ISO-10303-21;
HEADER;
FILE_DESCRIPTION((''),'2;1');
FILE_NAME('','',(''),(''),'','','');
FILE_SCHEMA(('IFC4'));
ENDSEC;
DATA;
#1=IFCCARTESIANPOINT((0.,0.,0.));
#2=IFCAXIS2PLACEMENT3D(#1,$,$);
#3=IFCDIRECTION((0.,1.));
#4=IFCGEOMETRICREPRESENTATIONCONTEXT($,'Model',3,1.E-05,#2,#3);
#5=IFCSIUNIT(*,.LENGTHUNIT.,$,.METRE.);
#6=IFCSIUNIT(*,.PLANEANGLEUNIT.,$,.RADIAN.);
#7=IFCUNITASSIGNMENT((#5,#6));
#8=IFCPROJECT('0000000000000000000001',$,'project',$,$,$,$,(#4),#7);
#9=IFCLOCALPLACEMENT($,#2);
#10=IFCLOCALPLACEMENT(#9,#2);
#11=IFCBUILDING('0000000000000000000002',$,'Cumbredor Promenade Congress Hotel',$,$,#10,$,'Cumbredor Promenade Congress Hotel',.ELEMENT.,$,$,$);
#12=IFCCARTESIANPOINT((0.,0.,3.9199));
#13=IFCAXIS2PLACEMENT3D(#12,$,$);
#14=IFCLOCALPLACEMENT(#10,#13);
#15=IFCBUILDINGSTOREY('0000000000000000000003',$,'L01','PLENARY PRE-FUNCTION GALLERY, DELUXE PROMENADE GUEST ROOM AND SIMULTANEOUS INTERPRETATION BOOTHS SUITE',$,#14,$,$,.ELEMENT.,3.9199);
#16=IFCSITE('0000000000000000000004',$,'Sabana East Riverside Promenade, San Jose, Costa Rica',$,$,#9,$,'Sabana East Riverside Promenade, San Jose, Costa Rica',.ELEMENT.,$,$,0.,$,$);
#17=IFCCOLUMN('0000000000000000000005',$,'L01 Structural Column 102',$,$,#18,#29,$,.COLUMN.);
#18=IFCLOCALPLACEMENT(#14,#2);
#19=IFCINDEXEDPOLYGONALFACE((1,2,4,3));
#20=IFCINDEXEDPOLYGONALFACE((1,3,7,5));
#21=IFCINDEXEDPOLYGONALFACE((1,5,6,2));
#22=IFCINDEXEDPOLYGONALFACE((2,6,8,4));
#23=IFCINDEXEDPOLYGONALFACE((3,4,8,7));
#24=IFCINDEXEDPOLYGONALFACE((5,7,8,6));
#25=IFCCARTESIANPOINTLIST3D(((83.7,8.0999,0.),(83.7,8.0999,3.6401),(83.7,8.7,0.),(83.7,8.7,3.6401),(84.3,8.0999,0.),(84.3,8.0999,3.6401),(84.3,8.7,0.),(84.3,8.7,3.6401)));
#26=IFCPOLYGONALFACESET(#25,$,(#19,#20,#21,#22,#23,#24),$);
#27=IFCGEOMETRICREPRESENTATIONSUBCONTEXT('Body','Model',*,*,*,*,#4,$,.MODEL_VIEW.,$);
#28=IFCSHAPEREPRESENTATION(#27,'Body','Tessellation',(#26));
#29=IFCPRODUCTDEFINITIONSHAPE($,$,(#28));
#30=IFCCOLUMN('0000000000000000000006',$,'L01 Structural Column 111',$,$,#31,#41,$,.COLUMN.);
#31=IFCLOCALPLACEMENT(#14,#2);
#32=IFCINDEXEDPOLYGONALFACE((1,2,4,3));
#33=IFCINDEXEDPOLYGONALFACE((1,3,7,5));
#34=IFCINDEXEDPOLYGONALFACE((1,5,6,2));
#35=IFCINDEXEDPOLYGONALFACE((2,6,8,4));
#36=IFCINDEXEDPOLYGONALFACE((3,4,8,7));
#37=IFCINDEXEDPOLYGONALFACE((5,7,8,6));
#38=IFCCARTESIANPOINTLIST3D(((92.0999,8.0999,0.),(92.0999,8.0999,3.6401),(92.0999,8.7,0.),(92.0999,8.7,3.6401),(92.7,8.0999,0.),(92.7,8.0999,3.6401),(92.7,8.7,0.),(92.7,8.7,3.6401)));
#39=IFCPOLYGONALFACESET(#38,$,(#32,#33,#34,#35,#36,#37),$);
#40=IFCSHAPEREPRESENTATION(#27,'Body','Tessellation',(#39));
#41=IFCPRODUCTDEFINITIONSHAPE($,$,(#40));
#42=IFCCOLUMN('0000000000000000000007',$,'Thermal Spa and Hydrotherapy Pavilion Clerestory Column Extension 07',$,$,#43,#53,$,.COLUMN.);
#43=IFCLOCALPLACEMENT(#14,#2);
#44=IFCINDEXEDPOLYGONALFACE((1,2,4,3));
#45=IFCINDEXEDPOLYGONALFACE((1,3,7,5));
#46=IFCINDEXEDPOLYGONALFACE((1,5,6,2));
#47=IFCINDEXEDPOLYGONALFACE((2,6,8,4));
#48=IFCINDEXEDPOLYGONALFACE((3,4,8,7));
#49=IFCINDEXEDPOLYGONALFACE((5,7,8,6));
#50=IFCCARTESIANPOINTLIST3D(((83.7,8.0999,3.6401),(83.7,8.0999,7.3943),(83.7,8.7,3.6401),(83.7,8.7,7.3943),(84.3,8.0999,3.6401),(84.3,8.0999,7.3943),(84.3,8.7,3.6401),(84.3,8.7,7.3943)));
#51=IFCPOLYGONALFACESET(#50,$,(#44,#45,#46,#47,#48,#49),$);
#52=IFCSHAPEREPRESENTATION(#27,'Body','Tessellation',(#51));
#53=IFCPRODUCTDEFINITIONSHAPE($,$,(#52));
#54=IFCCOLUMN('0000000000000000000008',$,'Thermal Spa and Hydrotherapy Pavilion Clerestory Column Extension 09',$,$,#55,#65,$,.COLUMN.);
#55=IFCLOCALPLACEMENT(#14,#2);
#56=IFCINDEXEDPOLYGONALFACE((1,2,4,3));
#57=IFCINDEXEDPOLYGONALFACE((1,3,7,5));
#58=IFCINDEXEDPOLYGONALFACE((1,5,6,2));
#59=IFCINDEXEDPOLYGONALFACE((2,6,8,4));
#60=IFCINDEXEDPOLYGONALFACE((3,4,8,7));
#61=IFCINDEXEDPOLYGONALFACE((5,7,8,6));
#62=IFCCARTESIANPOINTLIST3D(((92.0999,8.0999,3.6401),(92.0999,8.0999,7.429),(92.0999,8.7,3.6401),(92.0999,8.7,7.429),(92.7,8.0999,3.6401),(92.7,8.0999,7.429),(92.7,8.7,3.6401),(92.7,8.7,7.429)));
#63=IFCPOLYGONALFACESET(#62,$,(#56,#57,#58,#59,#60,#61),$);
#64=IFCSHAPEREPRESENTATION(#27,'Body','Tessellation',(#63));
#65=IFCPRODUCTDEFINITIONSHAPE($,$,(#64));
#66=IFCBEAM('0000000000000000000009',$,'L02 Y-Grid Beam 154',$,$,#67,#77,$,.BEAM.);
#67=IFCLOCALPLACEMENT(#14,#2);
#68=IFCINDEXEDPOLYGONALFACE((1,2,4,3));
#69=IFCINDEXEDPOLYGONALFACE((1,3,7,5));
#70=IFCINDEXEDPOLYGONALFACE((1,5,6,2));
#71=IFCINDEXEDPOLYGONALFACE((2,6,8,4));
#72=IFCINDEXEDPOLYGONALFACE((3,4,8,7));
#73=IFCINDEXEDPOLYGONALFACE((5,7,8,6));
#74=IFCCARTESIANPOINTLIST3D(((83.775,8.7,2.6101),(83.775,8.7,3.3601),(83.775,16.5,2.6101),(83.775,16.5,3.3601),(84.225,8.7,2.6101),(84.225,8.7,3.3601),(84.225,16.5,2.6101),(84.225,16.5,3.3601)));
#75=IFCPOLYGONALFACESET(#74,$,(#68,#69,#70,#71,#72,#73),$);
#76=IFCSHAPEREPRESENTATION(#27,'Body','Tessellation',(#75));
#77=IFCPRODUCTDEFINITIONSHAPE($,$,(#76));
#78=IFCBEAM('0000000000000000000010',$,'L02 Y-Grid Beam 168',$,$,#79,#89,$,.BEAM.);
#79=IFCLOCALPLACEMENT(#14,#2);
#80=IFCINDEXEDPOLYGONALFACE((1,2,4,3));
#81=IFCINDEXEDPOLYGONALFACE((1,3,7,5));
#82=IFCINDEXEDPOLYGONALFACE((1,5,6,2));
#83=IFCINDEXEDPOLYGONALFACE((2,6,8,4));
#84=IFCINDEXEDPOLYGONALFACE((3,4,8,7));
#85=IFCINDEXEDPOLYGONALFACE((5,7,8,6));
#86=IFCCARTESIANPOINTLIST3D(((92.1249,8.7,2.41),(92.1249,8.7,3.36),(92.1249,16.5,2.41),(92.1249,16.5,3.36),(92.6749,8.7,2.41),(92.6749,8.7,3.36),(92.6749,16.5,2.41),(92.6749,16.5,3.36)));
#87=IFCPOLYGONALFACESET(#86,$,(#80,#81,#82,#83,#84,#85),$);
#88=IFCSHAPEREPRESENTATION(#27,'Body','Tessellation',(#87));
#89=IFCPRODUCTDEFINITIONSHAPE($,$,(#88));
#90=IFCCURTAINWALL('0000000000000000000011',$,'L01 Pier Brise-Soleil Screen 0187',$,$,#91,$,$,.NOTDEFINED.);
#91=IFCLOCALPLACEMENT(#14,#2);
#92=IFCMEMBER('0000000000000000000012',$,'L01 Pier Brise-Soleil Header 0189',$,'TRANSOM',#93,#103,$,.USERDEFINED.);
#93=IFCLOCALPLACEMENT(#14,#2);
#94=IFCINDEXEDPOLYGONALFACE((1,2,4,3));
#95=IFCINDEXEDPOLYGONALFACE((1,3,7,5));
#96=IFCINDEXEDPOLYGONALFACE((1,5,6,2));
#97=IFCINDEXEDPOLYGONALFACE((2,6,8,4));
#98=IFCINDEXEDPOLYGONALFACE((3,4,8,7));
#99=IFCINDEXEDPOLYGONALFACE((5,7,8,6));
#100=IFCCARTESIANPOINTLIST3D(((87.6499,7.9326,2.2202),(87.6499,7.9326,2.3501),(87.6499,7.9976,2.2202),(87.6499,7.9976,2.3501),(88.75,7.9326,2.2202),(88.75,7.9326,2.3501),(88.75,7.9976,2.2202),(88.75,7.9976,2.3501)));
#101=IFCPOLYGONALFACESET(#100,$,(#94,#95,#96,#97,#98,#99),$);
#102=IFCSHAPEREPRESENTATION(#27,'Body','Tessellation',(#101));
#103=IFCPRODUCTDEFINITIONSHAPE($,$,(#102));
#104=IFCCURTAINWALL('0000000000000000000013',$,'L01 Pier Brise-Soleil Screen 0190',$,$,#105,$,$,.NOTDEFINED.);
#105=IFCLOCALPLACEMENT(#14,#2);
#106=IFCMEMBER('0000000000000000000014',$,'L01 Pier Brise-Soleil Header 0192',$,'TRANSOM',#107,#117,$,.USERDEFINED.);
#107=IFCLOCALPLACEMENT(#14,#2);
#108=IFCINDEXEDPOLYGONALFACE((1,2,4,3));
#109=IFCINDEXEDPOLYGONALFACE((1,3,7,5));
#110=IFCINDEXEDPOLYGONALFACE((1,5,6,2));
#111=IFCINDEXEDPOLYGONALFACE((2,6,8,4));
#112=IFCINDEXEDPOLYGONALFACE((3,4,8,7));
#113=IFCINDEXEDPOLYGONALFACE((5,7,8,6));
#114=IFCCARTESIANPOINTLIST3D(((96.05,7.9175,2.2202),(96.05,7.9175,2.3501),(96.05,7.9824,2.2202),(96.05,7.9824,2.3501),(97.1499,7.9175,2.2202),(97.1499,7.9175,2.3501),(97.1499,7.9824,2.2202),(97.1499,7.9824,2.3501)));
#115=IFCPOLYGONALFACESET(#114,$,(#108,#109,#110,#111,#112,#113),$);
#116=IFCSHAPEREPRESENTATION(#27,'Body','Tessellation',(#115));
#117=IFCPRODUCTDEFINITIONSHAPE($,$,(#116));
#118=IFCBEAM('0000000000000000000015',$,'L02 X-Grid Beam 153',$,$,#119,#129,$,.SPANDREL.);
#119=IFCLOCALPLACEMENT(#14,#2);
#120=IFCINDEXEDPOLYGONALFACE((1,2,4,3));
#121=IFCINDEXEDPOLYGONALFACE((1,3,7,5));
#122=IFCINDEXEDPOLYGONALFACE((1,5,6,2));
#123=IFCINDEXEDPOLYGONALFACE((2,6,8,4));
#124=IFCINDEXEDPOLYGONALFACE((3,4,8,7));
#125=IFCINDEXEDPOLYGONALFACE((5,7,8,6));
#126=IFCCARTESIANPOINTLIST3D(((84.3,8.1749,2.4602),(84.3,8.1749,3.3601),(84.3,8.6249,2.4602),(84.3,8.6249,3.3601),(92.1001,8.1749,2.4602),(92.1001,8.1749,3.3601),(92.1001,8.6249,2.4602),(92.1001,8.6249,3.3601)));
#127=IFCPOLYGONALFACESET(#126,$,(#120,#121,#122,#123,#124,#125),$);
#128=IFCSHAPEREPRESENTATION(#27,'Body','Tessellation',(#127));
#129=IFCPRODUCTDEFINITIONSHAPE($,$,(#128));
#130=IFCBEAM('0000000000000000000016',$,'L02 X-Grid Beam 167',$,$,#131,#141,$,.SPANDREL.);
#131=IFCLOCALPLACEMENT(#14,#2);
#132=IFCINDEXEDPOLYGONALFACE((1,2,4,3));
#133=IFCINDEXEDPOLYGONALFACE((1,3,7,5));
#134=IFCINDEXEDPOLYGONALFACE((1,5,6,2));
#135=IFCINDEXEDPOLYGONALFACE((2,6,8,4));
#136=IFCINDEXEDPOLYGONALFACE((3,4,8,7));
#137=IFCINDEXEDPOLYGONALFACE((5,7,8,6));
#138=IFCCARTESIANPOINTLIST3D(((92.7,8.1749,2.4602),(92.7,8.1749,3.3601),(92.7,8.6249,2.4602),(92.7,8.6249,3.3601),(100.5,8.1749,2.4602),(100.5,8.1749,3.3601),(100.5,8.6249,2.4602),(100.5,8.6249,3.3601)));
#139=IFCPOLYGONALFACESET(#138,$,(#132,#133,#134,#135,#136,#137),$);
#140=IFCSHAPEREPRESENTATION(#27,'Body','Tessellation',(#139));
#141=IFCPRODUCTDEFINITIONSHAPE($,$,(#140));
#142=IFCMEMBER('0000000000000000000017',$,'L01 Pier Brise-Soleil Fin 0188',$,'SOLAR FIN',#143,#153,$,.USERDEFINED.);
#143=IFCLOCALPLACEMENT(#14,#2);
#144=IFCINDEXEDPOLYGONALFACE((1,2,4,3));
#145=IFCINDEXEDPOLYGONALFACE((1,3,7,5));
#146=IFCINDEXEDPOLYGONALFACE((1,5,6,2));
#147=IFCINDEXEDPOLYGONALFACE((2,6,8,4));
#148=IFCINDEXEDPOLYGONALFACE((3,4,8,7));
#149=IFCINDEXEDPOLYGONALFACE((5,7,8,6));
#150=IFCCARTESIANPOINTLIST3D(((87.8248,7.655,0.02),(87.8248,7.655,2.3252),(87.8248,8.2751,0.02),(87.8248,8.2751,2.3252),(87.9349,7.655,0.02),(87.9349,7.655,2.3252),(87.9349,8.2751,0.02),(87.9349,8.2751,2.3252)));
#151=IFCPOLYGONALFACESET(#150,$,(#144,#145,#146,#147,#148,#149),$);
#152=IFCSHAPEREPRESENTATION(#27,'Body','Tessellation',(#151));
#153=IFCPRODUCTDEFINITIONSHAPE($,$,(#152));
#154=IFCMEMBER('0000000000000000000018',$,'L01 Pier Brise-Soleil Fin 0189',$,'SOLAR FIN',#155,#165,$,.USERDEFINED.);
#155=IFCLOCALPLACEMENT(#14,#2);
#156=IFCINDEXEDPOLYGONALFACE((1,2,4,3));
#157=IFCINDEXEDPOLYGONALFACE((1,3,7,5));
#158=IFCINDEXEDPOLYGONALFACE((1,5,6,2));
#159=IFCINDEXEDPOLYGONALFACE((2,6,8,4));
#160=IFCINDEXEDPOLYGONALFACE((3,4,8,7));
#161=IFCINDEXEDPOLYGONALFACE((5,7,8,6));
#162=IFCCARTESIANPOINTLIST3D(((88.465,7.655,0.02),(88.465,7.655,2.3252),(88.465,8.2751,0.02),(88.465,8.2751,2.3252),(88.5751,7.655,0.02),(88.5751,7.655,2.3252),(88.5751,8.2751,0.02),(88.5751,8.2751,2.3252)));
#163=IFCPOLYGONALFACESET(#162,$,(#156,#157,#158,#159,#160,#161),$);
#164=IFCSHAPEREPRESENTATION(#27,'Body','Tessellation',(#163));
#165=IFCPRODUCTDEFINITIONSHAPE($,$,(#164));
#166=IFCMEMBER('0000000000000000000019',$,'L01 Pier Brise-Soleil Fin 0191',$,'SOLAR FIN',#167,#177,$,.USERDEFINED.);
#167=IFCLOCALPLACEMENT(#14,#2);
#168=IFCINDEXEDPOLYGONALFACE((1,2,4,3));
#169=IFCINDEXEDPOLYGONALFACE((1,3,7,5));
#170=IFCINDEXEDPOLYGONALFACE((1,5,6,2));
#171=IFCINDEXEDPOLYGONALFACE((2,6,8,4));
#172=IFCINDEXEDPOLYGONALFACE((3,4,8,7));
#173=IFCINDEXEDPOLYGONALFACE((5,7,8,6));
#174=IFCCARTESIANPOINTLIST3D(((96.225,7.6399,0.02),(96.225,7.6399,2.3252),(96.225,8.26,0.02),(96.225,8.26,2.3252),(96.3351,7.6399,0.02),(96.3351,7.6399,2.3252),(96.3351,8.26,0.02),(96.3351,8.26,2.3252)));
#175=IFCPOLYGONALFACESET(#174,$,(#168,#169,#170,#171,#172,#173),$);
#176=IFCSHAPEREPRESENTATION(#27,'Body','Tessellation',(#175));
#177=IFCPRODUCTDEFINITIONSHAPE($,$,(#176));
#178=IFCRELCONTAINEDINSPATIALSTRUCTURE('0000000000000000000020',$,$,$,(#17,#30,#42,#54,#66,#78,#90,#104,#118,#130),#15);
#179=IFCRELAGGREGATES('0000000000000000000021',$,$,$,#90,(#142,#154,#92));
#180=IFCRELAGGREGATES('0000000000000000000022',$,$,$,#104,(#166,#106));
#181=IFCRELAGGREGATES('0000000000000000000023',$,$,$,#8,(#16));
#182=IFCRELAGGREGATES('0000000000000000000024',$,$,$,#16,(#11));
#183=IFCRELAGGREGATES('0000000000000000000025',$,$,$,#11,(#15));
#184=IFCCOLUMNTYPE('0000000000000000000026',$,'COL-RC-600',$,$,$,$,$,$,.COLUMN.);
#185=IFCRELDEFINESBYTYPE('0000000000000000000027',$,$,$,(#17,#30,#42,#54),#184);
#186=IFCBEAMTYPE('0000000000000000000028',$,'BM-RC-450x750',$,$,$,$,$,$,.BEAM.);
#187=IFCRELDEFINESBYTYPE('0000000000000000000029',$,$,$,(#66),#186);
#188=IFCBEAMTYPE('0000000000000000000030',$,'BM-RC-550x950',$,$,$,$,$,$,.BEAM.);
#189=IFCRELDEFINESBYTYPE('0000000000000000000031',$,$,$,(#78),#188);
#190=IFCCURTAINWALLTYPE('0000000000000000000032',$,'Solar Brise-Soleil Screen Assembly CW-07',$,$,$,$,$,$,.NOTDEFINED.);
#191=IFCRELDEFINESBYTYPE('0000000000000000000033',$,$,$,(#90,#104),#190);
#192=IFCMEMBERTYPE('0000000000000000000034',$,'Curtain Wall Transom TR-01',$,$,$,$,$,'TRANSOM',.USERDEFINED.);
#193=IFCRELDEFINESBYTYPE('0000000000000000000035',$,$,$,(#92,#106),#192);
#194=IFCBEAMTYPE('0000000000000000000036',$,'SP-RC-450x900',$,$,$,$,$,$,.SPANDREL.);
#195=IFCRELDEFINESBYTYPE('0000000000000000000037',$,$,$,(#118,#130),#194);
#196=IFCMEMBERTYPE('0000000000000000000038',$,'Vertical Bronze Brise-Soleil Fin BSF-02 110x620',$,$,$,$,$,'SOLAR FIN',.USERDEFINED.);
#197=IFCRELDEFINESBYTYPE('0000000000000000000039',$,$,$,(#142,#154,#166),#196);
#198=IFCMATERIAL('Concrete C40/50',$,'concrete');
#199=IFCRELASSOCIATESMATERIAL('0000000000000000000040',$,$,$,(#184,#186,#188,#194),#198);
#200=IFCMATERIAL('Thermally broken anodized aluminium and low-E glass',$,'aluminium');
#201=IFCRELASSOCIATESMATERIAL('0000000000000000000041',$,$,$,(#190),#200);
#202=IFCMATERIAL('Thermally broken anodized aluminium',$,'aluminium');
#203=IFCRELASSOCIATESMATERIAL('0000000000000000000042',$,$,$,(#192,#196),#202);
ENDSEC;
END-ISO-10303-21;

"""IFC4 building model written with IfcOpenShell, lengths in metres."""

from ifc_helpers import new_model, si_unit, direction, frame, origin, origin_2d, place, context, subcontext, project, spatial, rectangle, extrude, material, material_profile, profile_set, type_object, element, aggregate, save


model = new_model("IFC4")

# Units and contexts
model_context = context("Model", 3, precision=1e-05, world=origin(), true_north=direction((0.0, 1.0)))
body_context = subcontext(model_context, "Body", "Model", "MODEL_VIEW")
ifc_project = project(units=[si_unit("LENGTHUNIT", "METRE"), si_unit("PLANEANGLEUNIT", "RADIAN")], contexts=[model_context])

# Site, building, storey
site_placement = place(None, origin())
site = spatial("IfcSite", under=ifc_project, at=site_placement, Name="Sabana East Riverside Promenade, San Jose, Costa Rica", LongName="Sabana East Riverside Promenade, San Jose, Costa Rica", CompositionType="ELEMENT", RefElevation=0.0)
building_placement = place(site_placement, origin())
building = spatial("IfcBuilding", under=site, at=building_placement, Name="Cumbredor Promenade Congress Hotel", LongName="Cumbredor Promenade Congress Hotel", CompositionType="ELEMENT")
storey_placement = place(building_placement, frame((0.0, 0.0, 3.9199)))
storey = spatial("IfcBuildingStorey", under=building, at=storey_placement, Name="L01", Description="PLENARY PRE-FUNCTION GALLERY, DELUXE PROMENADE GUEST ROOM AND SIMULTANEOUS INTERPRETATION BOOTHS SUITE", CompositionType="ELEMENT", Elevation=3.9199)

# Columns
ifc_material_1 = material(Name="Concrete C40/50", Category="concrete")
ifc_material_profile_1 = material_profile(ifc_material_1, rectangle(XDim=0.6001, YDim=0.6001, at=origin_2d()), Name="RC 600x600")
ifc_profile_set_1 = profile_set([ifc_material_profile_1], Name="Concrete C40/50")
column_type = type_object("IfcColumnType", Name="COL-RC-600", PredefinedType="COLUMN", material=ifc_profile_set_1)
for number, where, z_axis, x_axis, name in (
    (1, (84.0, 8.3999, 0.0), (0.0, 0.0, 1.0), (1.0, 0.0, 0.0), "L01 Structural Column 102"),
    (2, (92.3999, 8.3999, 0.0), (0.0, 0.0, 1.0), (1.0, 0.0, 0.0), "L01 Structural Column 111"),
):
    element("IfcColumn", number, at=place(storey_placement, frame(where, z_axis=z_axis, x_axis=x_axis)), inside=storey, type_object=column_type, Name=name, PredefinedType="COLUMN", context=body_context, shape_type="SweptSolid", body=[
        extrude(rectangle(XDim=0.6001, YDim=0.6001, at=origin_2d()), origin(), (0.0, 0.0, 1.0), 3.6401),
    ])
column_1_placement = place(storey_placement, frame((84.0, 8.3999, 3.6401), z_axis=(0.0, 0.0, 1.0), x_axis=(1.0, 0.0, 0.0)))
element("IfcColumn", 3, at=column_1_placement, inside=storey, type_object=column_type, Name="Thermal Spa and Hydrotherapy Pavilion Clerestory Column Extension 07", PredefinedType="COLUMN", context=body_context, shape_type="SweptSolid", body=[
    extrude(rectangle(XDim=0.6001, YDim=0.6001, at=origin_2d()), origin(), (0.0, 0.0, 1.0), 3.7542),
])
column_2_placement = place(storey_placement, frame((92.3999, 8.3999, 3.6401), z_axis=(0.0, 0.0, 1.0), x_axis=(1.0, 0.0, 0.0)))
element("IfcColumn", 4, at=column_2_placement, inside=storey, type_object=column_type, Name="Thermal Spa and Hydrotherapy Pavilion Clerestory Column Extension 09", PredefinedType="COLUMN", context=body_context, shape_type="SweptSolid", body=[
    extrude(rectangle(XDim=0.6001, YDim=0.6001, at=origin_2d()), origin(), (0.0, 0.0, 1.0), 3.7888),
])

# Beams
ifc_material_profile_2 = material_profile(ifc_material_1, rectangle(XDim=0.45, YDim=0.75, at=origin_2d()), Name="RC BEAM 450x750")
ifc_profile_set_2 = profile_set([ifc_material_profile_2], Name="Concrete C40/50")
beam_type_1 = type_object("IfcBeamType", Name="BM-RC-450x750", PredefinedType="BEAM", material=ifc_profile_set_2)
beam_1_placement = place(storey_placement, frame((84.0, 8.7, 2.9851), z_axis=(0.0, 1.0, 0.0), x_axis=(-1.0, 0.0, 0.0)))
element("IfcBeam", 5, at=beam_1_placement, inside=storey, type_object=beam_type_1, Name="L02 Y-Grid Beam 154", PredefinedType="BEAM", context=body_context, shape_type="SweptSolid", body=[
    extrude(rectangle(XDim=0.45, YDim=0.75, at=origin_2d()), origin(), (0.0, 0.0, 1.0), 7.8),
])
ifc_material_profile_3 = material_profile(ifc_material_1, rectangle(XDim=0.55, YDim=0.95, at=origin_2d()), Name="RC BEAM 550x950")
ifc_profile_set_3 = profile_set([ifc_material_profile_3], Name="Concrete C40/50")
beam_type_2 = type_object("IfcBeamType", Name="BM-RC-550x950", PredefinedType="BEAM", material=ifc_profile_set_3)
beam_2_placement = place(storey_placement, frame((92.3999, 8.7, 2.885), z_axis=(0.0, 1.0, 0.0), x_axis=(-1.0, 0.0, 0.0)))
element("IfcBeam", 6, at=beam_2_placement, inside=storey, type_object=beam_type_2, Name="L02 Y-Grid Beam 168", PredefinedType="BEAM", context=body_context, shape_type="SweptSolid", body=[
    extrude(rectangle(XDim=0.55, YDim=0.95, at=origin_2d()), origin(), (0.0, 0.0, 1.0), 7.8),
])

# Curtain walls, members
ifc_material_2 = material(Name="Thermally broken anodized aluminium and low-E glass", Category="aluminium")
curtain_wall_type = type_object("IfcCurtainWallType", Name="Solar Brise-Soleil Screen Assembly CW-07", PredefinedType="NOTDEFINED", material=ifc_material_2)
curtain_wall_1_placement = place(storey_placement, origin())
curtain_wall_1 = element("IfcCurtainWall", 7, at=curtain_wall_1_placement, inside=storey, type_object=curtain_wall_type, Name="L01 Pier Brise-Soleil Screen 0187", PredefinedType="NOTDEFINED")
ifc_material_3 = material(Name="Thermally broken anodized aluminium", Category="aluminium")
ifc_material_profile_4 = material_profile(ifc_material_3, rectangle(XDim=0.0649, YDim=0.1299, at=origin_2d()), Name="ALU TRANSOM 65x130")
ifc_profile_set_4 = profile_set([ifc_material_profile_4], Name="Thermally broken anodized aluminium")
member_type_1 = type_object("IfcMemberType", Name="Curtain Wall Transom TR-01", ElementType="TRANSOM", PredefinedType="USERDEFINED", material=ifc_profile_set_4)
member_1_placement = place(storey_placement, frame((87.6499, 7.9651, 2.2852), z_axis=(1.0, 0.0, 0.0), x_axis=(0.0, 1.0, 0.0)))
member_1 = element("IfcMember", 8, at=member_1_placement, type_object=member_type_1, Name="L01 Pier Brise-Soleil Header 0189", ObjectType="TRANSOM", PredefinedType="USERDEFINED", context=body_context, shape_type="SweptSolid", body=[
    extrude(rectangle(XDim=0.0649, YDim=0.1299, at=origin_2d()), origin(), (0.0, 0.0, 1.0), 1.1001),
])
curtain_wall_2_placement = place(storey_placement, origin())
curtain_wall_2 = element("IfcCurtainWall", 9, at=curtain_wall_2_placement, inside=storey, type_object=curtain_wall_type, Name="L01 Pier Brise-Soleil Screen 0190", PredefinedType="NOTDEFINED")
member_2_placement = place(storey_placement, frame((96.05, 7.95, 2.2852), z_axis=(1.0, 0.0, 0.0), x_axis=(0.0, 1.0, 0.0)))
member_2 = element("IfcMember", 10, at=member_2_placement, type_object=member_type_1, Name="L01 Pier Brise-Soleil Header 0192", ObjectType="TRANSOM", PredefinedType="USERDEFINED", context=body_context, shape_type="SweptSolid", body=[
    extrude(rectangle(XDim=0.0649, YDim=0.1299, at=origin_2d()), origin(), (0.0, 0.0, 1.0), 1.0999),
])

# Beams
ifc_material_profile_5 = material_profile(ifc_material_1, rectangle(XDim=0.45, YDim=0.8999, at=origin_2d()), Name="RC SPANDREL 450x900")
ifc_profile_set_5 = profile_set([ifc_material_profile_5], Name="Concrete C40/50")
beam_type_3 = type_object("IfcBeamType", Name="SP-RC-450x900", PredefinedType="SPANDREL", material=ifc_profile_set_5)
for number, where, z_axis, x_axis, name in (
    (11, (84.3, 8.3999, 2.9102), (1.0, 0.0, 0.0), (0.0, 1.0, 0.0), "L02 X-Grid Beam 153"),
    (12, (92.7, 8.3999, 2.9102), (1.0, 0.0, 0.0), (0.0, 1.0, 0.0), "L02 X-Grid Beam 167"),
):
    element("IfcBeam", number, at=place(storey_placement, frame(where, z_axis=z_axis, x_axis=x_axis)), inside=storey, type_object=beam_type_3, Name=name, PredefinedType="SPANDREL", context=body_context, shape_type="SweptSolid", body=[
        extrude(rectangle(XDim=0.45, YDim=0.8999, at=origin_2d()), origin(), (0.0, 0.0, 1.0), 7.8),
    ])

# Members
ifc_material_profile_6 = material_profile(ifc_material_3, rectangle(XDim=0.1101, YDim=0.6201, at=origin_2d()), Name="ARCH FIN 110x620")
ifc_profile_set_6 = profile_set([ifc_material_profile_6], Name="Thermally broken anodized aluminium")
member_type_2 = type_object("IfcMemberType", Name="Vertical Bronze Brise-Soleil Fin BSF-02 110x620", ElementType="SOLAR FIN", PredefinedType="USERDEFINED", material=ifc_profile_set_6)
member_3_placement = place(storey_placement, frame((87.8799, 7.9651, 0.02), z_axis=(0.0, 0.0, 1.0), x_axis=(1.0, 0.0, 0.0)))
member_3 = element("IfcMember", 13, at=member_3_placement, type_object=member_type_2, Name="L01 Pier Brise-Soleil Fin 0188", ObjectType="SOLAR FIN", PredefinedType="USERDEFINED", context=body_context, shape_type="SweptSolid", body=[
    extrude(rectangle(XDim=0.1101, YDim=0.6201, at=origin_2d()), origin(), (0.0, 0.0, 1.0), 2.3052),
])
member_4_placement = place(storey_placement, frame((88.52, 7.9651, 0.02), z_axis=(0.0, 0.0, 1.0), x_axis=(1.0, 0.0, 0.0)))
member_4 = element("IfcMember", 14, at=member_4_placement, type_object=member_type_2, Name="L01 Pier Brise-Soleil Fin 0189", ObjectType="SOLAR FIN", PredefinedType="USERDEFINED", context=body_context, shape_type="SweptSolid", body=[
    extrude(rectangle(XDim=0.1101, YDim=0.6201, at=origin_2d()), origin(), (0.0, 0.0, 1.0), 2.3052),
])
aggregate(curtain_wall_1, [member_3, member_4, member_1])
member_5_placement = place(storey_placement, frame((96.28, 7.95, 0.02), z_axis=(0.0, 0.0, 1.0), x_axis=(1.0, 0.0, 0.0)))
member_5 = element("IfcMember", 15, at=member_5_placement, type_object=member_type_2, Name="L01 Pier Brise-Soleil Fin 0191", ObjectType="SOLAR FIN", PredefinedType="USERDEFINED", context=body_context, shape_type="SweptSolid", body=[
    extrude(rectangle(XDim=0.1101, YDim=0.6201, at=origin_2d()), origin(), (0.0, 0.0, 1.0), 2.3052),
])
aggregate(curtain_wall_2, [member_5, member_2])

save(model, "model.ifc")
